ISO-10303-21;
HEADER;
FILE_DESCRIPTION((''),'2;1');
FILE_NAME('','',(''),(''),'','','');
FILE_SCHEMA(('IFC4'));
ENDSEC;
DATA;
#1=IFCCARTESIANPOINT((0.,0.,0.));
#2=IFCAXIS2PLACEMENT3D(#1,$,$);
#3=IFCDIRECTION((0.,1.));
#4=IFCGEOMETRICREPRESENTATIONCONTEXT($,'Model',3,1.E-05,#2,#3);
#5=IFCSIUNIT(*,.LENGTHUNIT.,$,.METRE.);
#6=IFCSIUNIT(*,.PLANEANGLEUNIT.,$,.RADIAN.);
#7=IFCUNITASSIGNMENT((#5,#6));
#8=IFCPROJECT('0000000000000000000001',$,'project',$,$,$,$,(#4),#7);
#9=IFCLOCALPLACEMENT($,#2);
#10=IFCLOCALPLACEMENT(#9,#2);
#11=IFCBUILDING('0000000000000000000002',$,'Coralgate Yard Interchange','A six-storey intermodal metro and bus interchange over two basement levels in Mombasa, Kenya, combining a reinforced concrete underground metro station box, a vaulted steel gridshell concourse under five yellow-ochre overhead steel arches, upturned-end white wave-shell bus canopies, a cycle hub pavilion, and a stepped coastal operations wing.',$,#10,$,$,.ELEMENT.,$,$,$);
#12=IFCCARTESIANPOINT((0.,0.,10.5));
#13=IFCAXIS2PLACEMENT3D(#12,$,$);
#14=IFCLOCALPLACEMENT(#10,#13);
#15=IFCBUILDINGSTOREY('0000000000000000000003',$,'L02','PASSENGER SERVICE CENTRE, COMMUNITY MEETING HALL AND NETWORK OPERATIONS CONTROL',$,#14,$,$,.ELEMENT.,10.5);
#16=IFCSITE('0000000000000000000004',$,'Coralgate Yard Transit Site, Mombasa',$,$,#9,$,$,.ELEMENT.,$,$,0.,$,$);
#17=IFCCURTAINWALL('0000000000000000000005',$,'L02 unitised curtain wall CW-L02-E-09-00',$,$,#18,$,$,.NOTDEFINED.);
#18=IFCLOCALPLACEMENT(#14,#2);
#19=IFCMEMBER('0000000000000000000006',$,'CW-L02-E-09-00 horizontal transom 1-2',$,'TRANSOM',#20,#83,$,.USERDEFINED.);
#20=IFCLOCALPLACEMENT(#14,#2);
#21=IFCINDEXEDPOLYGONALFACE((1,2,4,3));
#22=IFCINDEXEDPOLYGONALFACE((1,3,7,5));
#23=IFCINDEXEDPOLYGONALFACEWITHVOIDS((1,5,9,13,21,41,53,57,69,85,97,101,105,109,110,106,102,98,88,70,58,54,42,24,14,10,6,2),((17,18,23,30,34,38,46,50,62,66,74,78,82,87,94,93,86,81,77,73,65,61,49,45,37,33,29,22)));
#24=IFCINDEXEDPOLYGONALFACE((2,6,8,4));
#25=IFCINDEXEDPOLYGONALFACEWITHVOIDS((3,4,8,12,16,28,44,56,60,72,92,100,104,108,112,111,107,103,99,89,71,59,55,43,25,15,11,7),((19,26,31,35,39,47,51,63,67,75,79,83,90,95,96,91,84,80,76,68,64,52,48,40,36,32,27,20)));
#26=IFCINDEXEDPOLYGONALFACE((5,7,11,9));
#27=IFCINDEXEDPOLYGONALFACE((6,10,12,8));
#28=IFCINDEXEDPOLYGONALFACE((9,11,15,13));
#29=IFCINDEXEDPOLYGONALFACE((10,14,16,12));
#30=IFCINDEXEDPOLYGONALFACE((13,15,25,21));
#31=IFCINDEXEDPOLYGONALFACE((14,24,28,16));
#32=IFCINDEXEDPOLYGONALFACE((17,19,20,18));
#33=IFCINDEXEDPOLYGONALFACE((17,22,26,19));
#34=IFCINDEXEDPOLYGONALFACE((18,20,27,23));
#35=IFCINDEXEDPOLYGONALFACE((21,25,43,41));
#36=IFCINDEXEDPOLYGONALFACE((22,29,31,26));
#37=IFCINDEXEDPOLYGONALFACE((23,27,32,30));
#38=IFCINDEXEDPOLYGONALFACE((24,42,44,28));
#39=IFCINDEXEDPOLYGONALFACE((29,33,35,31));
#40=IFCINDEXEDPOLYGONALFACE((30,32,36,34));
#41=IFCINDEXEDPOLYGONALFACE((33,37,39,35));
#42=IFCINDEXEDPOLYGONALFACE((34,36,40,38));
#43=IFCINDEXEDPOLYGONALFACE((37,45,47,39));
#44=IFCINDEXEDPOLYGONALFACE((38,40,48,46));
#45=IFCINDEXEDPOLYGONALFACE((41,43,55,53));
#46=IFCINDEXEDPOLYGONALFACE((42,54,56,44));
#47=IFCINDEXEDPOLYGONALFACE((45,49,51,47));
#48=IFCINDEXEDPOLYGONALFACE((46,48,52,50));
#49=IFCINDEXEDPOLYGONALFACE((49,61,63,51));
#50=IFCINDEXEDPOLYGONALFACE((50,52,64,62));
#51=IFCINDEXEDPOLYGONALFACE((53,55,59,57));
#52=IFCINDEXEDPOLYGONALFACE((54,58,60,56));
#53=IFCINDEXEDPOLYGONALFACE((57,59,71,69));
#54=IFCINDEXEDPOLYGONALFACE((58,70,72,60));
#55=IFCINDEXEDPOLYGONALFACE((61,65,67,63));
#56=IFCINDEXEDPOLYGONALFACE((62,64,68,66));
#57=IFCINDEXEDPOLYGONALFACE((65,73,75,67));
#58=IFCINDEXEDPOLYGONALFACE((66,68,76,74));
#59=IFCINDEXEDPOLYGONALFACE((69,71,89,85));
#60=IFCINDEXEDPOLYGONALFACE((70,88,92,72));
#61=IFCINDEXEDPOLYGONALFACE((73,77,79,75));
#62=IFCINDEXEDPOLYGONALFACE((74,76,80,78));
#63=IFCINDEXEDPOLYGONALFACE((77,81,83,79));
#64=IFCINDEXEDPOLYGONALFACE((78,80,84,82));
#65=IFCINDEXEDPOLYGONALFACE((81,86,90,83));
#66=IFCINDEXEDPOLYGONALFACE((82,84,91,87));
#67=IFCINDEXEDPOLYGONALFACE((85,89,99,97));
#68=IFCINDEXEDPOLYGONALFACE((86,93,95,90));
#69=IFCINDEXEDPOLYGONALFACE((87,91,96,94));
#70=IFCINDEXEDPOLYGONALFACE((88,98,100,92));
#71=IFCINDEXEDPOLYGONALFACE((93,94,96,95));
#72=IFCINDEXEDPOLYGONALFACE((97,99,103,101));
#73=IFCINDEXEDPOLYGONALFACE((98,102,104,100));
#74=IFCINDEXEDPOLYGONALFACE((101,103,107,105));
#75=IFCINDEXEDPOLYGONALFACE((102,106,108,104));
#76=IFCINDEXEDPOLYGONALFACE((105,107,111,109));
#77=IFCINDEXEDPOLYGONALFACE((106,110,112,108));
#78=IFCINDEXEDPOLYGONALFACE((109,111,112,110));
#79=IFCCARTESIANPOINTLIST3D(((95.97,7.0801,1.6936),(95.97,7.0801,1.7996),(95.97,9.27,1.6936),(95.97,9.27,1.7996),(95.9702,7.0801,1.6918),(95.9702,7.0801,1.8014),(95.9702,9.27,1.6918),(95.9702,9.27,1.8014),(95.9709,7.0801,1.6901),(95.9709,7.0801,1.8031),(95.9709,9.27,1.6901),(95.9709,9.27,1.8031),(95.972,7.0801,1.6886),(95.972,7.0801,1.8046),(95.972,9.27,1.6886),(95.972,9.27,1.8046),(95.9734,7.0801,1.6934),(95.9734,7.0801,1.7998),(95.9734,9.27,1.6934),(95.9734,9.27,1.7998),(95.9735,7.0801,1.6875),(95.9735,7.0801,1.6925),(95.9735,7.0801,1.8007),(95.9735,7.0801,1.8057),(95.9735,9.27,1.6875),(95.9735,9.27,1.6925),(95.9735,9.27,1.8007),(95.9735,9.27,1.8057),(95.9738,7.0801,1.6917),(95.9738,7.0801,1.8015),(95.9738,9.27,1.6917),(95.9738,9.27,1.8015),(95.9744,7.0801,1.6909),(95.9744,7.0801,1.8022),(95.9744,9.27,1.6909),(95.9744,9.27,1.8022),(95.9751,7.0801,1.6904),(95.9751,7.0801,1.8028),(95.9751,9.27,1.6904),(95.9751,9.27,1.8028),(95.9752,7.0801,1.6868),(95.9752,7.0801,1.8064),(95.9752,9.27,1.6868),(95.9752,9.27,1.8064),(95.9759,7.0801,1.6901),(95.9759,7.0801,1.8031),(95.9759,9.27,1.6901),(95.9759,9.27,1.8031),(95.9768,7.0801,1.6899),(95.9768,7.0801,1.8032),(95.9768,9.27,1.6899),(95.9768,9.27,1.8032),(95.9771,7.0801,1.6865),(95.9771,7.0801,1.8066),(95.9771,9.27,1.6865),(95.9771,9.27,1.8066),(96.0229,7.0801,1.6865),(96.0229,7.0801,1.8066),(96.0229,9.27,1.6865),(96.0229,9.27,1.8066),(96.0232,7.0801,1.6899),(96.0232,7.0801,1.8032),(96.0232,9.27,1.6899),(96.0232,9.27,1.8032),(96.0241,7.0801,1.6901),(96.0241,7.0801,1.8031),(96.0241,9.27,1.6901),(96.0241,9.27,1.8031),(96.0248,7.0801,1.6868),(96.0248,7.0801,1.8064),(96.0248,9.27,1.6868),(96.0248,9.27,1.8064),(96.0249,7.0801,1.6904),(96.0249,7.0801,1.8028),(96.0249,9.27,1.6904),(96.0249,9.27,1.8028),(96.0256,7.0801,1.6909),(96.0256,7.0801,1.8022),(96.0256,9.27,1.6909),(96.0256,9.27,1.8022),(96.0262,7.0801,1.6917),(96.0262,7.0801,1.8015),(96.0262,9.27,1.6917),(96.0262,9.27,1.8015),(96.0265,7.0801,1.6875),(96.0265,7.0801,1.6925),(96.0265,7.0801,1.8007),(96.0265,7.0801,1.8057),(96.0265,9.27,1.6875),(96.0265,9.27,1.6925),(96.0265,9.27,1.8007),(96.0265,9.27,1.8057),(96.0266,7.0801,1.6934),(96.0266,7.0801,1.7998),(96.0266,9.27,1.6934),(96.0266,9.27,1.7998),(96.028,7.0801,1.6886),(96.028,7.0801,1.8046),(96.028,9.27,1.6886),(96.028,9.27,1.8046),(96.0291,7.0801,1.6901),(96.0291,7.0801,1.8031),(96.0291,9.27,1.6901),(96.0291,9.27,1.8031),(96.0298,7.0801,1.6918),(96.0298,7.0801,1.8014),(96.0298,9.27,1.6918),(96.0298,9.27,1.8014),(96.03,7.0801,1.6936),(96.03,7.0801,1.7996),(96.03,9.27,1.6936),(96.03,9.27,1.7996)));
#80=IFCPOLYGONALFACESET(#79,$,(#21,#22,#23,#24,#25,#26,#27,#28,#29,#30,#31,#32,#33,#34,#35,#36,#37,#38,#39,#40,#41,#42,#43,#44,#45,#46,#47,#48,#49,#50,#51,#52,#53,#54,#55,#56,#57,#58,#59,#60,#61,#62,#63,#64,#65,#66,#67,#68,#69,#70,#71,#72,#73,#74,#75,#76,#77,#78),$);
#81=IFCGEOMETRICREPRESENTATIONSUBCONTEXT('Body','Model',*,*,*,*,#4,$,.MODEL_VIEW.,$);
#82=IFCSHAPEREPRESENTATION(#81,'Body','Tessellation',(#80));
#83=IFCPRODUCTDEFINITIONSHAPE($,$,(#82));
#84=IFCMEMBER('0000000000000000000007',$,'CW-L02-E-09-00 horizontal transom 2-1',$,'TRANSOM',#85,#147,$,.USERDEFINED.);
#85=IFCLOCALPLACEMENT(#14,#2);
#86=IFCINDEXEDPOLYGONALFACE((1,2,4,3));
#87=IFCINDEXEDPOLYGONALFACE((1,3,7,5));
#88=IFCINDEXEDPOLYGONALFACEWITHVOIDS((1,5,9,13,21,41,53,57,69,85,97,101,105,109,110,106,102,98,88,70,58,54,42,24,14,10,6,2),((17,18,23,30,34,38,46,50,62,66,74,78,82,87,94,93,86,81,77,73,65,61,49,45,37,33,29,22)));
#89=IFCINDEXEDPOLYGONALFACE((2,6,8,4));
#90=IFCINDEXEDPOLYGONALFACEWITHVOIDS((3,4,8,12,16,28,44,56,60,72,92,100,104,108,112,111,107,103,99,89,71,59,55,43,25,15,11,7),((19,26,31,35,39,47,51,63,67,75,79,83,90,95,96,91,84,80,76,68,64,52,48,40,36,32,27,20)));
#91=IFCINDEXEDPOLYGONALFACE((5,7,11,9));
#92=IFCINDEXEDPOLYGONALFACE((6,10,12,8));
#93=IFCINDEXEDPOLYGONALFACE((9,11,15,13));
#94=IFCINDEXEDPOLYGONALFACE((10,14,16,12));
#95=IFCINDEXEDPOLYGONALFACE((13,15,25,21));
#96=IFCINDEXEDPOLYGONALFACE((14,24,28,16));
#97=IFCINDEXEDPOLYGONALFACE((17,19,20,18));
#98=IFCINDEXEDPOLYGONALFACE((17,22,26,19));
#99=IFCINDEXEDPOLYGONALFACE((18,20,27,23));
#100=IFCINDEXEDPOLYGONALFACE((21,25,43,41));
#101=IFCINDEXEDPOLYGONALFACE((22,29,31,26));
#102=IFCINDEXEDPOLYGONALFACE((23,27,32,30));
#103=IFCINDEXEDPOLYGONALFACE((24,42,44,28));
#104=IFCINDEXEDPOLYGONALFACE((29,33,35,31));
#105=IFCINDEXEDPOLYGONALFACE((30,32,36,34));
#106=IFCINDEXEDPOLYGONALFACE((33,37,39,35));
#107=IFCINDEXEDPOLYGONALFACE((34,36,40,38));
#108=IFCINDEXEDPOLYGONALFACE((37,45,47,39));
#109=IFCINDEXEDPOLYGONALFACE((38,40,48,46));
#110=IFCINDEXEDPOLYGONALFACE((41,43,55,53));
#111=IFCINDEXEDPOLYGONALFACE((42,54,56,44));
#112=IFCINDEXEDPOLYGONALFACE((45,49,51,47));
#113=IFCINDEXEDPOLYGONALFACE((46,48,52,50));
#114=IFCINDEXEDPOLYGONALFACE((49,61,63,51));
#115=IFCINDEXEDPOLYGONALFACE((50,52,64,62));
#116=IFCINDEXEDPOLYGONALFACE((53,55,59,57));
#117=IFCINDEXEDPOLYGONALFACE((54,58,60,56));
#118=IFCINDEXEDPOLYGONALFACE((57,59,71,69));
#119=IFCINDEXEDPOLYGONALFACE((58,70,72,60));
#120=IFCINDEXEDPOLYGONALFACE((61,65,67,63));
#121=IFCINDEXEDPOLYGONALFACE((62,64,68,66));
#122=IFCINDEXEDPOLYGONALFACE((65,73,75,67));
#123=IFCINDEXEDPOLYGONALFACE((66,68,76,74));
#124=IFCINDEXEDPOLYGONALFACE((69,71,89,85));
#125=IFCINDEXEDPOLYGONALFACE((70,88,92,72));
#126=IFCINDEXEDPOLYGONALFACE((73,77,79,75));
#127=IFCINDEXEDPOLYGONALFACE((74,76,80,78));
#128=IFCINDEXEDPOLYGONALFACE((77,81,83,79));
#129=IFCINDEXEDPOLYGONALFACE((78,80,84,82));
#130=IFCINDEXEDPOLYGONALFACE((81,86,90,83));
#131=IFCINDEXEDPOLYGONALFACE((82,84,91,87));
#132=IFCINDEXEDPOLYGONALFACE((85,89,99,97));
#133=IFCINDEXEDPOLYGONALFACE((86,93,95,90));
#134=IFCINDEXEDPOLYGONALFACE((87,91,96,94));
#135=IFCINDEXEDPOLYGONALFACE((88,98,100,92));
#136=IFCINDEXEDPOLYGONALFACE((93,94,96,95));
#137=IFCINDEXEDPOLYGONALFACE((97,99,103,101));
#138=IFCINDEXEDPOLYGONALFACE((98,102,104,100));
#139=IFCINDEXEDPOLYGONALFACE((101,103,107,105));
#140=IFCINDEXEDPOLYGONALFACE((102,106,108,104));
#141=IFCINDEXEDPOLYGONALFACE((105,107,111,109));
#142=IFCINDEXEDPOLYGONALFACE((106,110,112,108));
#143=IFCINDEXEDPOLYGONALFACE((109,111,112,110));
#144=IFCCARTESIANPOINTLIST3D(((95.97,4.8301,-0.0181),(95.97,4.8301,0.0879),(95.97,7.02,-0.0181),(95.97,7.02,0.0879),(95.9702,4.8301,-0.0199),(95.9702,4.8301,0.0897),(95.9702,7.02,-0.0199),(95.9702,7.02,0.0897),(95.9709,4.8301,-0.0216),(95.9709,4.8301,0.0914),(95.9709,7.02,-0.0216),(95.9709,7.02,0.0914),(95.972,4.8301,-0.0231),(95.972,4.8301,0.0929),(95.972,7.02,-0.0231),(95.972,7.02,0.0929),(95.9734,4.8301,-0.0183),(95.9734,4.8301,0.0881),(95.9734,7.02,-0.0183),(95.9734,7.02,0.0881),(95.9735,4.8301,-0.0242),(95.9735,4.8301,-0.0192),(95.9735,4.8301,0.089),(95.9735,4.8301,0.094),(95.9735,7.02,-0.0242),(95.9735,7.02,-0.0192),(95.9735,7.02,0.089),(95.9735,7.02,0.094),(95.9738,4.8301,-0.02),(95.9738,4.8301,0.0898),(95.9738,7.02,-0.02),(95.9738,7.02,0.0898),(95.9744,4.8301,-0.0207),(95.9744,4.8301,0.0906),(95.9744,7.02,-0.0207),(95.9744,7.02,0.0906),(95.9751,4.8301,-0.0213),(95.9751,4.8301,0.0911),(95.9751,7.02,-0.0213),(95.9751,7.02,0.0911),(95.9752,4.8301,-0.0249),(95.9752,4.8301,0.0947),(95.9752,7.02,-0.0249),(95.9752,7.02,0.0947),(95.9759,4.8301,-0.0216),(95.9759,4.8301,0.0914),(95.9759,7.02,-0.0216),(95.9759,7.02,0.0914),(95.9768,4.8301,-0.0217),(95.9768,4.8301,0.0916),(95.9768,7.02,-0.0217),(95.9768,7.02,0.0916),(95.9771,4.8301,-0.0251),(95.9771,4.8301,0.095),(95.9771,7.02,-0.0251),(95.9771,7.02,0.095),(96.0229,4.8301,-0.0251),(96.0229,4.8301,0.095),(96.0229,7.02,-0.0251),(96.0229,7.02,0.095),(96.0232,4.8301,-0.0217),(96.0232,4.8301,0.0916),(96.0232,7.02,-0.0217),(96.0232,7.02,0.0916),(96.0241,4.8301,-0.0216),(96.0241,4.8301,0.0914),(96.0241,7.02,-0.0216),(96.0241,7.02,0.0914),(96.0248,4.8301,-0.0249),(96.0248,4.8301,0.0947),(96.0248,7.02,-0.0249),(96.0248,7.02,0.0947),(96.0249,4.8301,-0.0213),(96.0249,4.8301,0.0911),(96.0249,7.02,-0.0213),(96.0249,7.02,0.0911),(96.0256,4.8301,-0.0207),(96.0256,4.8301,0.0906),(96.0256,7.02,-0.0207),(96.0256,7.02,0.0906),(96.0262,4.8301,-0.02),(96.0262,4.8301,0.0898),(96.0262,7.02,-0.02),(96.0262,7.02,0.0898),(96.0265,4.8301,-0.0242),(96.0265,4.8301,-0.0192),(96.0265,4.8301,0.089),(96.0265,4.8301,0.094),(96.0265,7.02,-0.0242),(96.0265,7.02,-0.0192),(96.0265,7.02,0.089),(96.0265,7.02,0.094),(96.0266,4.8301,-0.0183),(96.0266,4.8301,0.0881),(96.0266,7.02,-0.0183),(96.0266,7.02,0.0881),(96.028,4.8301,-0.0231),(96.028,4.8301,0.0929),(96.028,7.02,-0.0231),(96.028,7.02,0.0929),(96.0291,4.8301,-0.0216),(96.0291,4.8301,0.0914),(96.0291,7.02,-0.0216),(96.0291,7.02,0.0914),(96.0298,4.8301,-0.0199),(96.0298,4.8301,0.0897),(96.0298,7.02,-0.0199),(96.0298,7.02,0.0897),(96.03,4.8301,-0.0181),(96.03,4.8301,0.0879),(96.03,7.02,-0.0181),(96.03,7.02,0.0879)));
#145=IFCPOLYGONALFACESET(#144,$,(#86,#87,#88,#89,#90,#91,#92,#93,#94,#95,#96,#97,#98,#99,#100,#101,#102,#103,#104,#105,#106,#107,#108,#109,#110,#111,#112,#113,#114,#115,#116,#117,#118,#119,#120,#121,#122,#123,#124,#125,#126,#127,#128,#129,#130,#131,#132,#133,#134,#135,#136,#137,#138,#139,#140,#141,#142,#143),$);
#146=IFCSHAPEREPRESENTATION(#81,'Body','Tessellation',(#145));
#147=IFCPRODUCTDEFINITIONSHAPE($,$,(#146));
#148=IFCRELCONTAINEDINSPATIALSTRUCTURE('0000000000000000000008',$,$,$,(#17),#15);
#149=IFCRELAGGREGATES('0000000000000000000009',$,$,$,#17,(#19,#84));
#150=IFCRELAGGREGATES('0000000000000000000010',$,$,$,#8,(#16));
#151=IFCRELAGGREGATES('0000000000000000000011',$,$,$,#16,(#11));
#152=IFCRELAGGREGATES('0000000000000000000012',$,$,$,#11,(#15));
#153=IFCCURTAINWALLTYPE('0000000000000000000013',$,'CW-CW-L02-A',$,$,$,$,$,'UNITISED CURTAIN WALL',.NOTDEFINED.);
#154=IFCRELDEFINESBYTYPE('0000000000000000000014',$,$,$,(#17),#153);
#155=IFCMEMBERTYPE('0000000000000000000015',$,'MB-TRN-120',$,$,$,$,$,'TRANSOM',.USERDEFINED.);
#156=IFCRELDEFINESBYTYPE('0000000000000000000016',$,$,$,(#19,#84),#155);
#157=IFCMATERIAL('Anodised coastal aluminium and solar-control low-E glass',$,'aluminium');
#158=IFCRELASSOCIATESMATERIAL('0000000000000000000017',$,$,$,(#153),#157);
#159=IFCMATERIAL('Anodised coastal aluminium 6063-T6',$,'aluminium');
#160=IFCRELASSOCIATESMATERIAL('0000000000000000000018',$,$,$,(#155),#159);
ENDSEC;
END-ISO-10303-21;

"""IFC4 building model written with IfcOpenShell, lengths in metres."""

from ifc_helpers import new_model, si_unit, direction, frame, origin, origin_2d, place, context, subcontext, project, spatial, hollow_rectangle, extrude, material, material_profile, profile_set, type_object, element, aggregate, save


model = new_model("IFC4")

# Units and contexts
model_context = context("Model", 3, precision=1e-05, world=origin(), true_north=direction((0.0, 1.0)))
body_context = subcontext(model_context, "Body", "Model", "MODEL_VIEW")
ifc_project = project(units=[si_unit("LENGTHUNIT", "METRE"), si_unit("PLANEANGLEUNIT", "RADIAN")], contexts=[model_context])

# Site, building, storey
site_placement = place(None, origin())
site = spatial("IfcSite", under=ifc_project, at=site_placement, Name="Coralgate Yard Transit Site, Mombasa", CompositionType="ELEMENT", RefElevation=0.0)
building_placement = place(site_placement, origin())
building = spatial("IfcBuilding", under=site, at=building_placement, Name="Coralgate Yard Interchange", Description="A six-storey intermodal metro and bus interchange over two basement levels in Mombasa, Kenya, combining a reinforced concrete underground metro station box, a vaulted steel gridshell concourse under five yellow-ochre overhead steel arches, upturned-end white wave-shell bus canopies, a cycle hub pavilion, and a stepped coastal operations wing.", CompositionType="ELEMENT")
storey_placement = place(building_placement, frame((0.0, 0.0, 10.5)))
storey = spatial("IfcBuildingStorey", under=building, at=storey_placement, Name="L02", Description="PASSENGER SERVICE CENTRE, COMMUNITY MEETING HALL AND NETWORK OPERATIONS CONTROL", CompositionType="ELEMENT", Elevation=10.5)

# Shared definitions
ifc_material_1 = material(Name="Anodised coastal aluminium and solar-control low-E glass", Category="aluminium")
curtain_wall_type = type_object("IfcCurtainWallType", Name="CW-CW-L02-A", ElementType="UNITISED CURTAIN WALL", PredefinedType="NOTDEFINED", material=ifc_material_1)
ifc_material_2 = material(Name="Anodised coastal aluminium 6063-T6", Category="aluminium")

# Curtain wall
curtain_wall_1_placement = place(storey_placement, origin())
curtain_wall_1 = element("IfcCurtainWall", 1, at=curtain_wall_1_placement, inside=storey, type_object=curtain_wall_type, Name="L02 unitised curtain wall CW-L02-E-09-00", PredefinedType="NOTDEFINED")

# Members
ifc_material_profile_1 = material_profile(ifc_material_2, hollow_rectangle(XDim=0.0601, YDim=0.1201, WallThickness=0.0034, InnerFilletRadius=0.0034, OuterFilletRadius=0.0071, at=origin_2d()), Name="ALU 60x120x3.5")
ifc_profile_set_1 = profile_set([ifc_material_profile_1], Name="Anodised coastal aluminium 6063-T6")
member_type_1 = type_object("IfcMemberType", Name="MB-TRN-120", ElementType="TRANSOM", PredefinedType="USERDEFINED", material=ifc_profile_set_1)
member_1_placement = place(storey_placement, frame((96.0, 9.27, 1.7466), z_axis=(0.0, -1.0, 0.0), x_axis=(1.0, 0.0, 0.0)))
member_1 = element("IfcMember", 2, at=member_1_placement, type_object=member_type_1, Name="CW-L02-E-09-00 horizontal transom 1-2", ObjectType="TRANSOM", PredefinedType="USERDEFINED", context=body_context, shape_type="SweptSolid", body=[
    extrude(hollow_rectangle(XDim=0.0601, YDim=0.1201, WallThickness=0.0034, InnerFilletRadius=0.0034, OuterFilletRadius=0.0071, at=origin_2d()), origin(), (0.0, 0.0, 1.0), 2.1899),
])
member_2_placement = place(storey_placement, frame((96.0, 7.02, 0.0349), z_axis=(0.0, -1.0, 0.0), x_axis=(1.0, 0.0, 0.0)))
member_2 = element("IfcMember", 3, at=member_2_placement, type_object=member_type_1, Name="CW-L02-E-09-00 horizontal transom 2-1", ObjectType="TRANSOM", PredefinedType="USERDEFINED", context=body_context, shape_type="SweptSolid", body=[
    extrude(hollow_rectangle(XDim=0.0601, YDim=0.1201, WallThickness=0.0034, InnerFilletRadius=0.0034, OuterFilletRadius=0.0071, at=origin_2d()), origin(), (0.0, 0.0, 1.0), 2.1899),
])

aggregate(curtain_wall_1, [member_1, member_2])

save(model, "model.ifc")
